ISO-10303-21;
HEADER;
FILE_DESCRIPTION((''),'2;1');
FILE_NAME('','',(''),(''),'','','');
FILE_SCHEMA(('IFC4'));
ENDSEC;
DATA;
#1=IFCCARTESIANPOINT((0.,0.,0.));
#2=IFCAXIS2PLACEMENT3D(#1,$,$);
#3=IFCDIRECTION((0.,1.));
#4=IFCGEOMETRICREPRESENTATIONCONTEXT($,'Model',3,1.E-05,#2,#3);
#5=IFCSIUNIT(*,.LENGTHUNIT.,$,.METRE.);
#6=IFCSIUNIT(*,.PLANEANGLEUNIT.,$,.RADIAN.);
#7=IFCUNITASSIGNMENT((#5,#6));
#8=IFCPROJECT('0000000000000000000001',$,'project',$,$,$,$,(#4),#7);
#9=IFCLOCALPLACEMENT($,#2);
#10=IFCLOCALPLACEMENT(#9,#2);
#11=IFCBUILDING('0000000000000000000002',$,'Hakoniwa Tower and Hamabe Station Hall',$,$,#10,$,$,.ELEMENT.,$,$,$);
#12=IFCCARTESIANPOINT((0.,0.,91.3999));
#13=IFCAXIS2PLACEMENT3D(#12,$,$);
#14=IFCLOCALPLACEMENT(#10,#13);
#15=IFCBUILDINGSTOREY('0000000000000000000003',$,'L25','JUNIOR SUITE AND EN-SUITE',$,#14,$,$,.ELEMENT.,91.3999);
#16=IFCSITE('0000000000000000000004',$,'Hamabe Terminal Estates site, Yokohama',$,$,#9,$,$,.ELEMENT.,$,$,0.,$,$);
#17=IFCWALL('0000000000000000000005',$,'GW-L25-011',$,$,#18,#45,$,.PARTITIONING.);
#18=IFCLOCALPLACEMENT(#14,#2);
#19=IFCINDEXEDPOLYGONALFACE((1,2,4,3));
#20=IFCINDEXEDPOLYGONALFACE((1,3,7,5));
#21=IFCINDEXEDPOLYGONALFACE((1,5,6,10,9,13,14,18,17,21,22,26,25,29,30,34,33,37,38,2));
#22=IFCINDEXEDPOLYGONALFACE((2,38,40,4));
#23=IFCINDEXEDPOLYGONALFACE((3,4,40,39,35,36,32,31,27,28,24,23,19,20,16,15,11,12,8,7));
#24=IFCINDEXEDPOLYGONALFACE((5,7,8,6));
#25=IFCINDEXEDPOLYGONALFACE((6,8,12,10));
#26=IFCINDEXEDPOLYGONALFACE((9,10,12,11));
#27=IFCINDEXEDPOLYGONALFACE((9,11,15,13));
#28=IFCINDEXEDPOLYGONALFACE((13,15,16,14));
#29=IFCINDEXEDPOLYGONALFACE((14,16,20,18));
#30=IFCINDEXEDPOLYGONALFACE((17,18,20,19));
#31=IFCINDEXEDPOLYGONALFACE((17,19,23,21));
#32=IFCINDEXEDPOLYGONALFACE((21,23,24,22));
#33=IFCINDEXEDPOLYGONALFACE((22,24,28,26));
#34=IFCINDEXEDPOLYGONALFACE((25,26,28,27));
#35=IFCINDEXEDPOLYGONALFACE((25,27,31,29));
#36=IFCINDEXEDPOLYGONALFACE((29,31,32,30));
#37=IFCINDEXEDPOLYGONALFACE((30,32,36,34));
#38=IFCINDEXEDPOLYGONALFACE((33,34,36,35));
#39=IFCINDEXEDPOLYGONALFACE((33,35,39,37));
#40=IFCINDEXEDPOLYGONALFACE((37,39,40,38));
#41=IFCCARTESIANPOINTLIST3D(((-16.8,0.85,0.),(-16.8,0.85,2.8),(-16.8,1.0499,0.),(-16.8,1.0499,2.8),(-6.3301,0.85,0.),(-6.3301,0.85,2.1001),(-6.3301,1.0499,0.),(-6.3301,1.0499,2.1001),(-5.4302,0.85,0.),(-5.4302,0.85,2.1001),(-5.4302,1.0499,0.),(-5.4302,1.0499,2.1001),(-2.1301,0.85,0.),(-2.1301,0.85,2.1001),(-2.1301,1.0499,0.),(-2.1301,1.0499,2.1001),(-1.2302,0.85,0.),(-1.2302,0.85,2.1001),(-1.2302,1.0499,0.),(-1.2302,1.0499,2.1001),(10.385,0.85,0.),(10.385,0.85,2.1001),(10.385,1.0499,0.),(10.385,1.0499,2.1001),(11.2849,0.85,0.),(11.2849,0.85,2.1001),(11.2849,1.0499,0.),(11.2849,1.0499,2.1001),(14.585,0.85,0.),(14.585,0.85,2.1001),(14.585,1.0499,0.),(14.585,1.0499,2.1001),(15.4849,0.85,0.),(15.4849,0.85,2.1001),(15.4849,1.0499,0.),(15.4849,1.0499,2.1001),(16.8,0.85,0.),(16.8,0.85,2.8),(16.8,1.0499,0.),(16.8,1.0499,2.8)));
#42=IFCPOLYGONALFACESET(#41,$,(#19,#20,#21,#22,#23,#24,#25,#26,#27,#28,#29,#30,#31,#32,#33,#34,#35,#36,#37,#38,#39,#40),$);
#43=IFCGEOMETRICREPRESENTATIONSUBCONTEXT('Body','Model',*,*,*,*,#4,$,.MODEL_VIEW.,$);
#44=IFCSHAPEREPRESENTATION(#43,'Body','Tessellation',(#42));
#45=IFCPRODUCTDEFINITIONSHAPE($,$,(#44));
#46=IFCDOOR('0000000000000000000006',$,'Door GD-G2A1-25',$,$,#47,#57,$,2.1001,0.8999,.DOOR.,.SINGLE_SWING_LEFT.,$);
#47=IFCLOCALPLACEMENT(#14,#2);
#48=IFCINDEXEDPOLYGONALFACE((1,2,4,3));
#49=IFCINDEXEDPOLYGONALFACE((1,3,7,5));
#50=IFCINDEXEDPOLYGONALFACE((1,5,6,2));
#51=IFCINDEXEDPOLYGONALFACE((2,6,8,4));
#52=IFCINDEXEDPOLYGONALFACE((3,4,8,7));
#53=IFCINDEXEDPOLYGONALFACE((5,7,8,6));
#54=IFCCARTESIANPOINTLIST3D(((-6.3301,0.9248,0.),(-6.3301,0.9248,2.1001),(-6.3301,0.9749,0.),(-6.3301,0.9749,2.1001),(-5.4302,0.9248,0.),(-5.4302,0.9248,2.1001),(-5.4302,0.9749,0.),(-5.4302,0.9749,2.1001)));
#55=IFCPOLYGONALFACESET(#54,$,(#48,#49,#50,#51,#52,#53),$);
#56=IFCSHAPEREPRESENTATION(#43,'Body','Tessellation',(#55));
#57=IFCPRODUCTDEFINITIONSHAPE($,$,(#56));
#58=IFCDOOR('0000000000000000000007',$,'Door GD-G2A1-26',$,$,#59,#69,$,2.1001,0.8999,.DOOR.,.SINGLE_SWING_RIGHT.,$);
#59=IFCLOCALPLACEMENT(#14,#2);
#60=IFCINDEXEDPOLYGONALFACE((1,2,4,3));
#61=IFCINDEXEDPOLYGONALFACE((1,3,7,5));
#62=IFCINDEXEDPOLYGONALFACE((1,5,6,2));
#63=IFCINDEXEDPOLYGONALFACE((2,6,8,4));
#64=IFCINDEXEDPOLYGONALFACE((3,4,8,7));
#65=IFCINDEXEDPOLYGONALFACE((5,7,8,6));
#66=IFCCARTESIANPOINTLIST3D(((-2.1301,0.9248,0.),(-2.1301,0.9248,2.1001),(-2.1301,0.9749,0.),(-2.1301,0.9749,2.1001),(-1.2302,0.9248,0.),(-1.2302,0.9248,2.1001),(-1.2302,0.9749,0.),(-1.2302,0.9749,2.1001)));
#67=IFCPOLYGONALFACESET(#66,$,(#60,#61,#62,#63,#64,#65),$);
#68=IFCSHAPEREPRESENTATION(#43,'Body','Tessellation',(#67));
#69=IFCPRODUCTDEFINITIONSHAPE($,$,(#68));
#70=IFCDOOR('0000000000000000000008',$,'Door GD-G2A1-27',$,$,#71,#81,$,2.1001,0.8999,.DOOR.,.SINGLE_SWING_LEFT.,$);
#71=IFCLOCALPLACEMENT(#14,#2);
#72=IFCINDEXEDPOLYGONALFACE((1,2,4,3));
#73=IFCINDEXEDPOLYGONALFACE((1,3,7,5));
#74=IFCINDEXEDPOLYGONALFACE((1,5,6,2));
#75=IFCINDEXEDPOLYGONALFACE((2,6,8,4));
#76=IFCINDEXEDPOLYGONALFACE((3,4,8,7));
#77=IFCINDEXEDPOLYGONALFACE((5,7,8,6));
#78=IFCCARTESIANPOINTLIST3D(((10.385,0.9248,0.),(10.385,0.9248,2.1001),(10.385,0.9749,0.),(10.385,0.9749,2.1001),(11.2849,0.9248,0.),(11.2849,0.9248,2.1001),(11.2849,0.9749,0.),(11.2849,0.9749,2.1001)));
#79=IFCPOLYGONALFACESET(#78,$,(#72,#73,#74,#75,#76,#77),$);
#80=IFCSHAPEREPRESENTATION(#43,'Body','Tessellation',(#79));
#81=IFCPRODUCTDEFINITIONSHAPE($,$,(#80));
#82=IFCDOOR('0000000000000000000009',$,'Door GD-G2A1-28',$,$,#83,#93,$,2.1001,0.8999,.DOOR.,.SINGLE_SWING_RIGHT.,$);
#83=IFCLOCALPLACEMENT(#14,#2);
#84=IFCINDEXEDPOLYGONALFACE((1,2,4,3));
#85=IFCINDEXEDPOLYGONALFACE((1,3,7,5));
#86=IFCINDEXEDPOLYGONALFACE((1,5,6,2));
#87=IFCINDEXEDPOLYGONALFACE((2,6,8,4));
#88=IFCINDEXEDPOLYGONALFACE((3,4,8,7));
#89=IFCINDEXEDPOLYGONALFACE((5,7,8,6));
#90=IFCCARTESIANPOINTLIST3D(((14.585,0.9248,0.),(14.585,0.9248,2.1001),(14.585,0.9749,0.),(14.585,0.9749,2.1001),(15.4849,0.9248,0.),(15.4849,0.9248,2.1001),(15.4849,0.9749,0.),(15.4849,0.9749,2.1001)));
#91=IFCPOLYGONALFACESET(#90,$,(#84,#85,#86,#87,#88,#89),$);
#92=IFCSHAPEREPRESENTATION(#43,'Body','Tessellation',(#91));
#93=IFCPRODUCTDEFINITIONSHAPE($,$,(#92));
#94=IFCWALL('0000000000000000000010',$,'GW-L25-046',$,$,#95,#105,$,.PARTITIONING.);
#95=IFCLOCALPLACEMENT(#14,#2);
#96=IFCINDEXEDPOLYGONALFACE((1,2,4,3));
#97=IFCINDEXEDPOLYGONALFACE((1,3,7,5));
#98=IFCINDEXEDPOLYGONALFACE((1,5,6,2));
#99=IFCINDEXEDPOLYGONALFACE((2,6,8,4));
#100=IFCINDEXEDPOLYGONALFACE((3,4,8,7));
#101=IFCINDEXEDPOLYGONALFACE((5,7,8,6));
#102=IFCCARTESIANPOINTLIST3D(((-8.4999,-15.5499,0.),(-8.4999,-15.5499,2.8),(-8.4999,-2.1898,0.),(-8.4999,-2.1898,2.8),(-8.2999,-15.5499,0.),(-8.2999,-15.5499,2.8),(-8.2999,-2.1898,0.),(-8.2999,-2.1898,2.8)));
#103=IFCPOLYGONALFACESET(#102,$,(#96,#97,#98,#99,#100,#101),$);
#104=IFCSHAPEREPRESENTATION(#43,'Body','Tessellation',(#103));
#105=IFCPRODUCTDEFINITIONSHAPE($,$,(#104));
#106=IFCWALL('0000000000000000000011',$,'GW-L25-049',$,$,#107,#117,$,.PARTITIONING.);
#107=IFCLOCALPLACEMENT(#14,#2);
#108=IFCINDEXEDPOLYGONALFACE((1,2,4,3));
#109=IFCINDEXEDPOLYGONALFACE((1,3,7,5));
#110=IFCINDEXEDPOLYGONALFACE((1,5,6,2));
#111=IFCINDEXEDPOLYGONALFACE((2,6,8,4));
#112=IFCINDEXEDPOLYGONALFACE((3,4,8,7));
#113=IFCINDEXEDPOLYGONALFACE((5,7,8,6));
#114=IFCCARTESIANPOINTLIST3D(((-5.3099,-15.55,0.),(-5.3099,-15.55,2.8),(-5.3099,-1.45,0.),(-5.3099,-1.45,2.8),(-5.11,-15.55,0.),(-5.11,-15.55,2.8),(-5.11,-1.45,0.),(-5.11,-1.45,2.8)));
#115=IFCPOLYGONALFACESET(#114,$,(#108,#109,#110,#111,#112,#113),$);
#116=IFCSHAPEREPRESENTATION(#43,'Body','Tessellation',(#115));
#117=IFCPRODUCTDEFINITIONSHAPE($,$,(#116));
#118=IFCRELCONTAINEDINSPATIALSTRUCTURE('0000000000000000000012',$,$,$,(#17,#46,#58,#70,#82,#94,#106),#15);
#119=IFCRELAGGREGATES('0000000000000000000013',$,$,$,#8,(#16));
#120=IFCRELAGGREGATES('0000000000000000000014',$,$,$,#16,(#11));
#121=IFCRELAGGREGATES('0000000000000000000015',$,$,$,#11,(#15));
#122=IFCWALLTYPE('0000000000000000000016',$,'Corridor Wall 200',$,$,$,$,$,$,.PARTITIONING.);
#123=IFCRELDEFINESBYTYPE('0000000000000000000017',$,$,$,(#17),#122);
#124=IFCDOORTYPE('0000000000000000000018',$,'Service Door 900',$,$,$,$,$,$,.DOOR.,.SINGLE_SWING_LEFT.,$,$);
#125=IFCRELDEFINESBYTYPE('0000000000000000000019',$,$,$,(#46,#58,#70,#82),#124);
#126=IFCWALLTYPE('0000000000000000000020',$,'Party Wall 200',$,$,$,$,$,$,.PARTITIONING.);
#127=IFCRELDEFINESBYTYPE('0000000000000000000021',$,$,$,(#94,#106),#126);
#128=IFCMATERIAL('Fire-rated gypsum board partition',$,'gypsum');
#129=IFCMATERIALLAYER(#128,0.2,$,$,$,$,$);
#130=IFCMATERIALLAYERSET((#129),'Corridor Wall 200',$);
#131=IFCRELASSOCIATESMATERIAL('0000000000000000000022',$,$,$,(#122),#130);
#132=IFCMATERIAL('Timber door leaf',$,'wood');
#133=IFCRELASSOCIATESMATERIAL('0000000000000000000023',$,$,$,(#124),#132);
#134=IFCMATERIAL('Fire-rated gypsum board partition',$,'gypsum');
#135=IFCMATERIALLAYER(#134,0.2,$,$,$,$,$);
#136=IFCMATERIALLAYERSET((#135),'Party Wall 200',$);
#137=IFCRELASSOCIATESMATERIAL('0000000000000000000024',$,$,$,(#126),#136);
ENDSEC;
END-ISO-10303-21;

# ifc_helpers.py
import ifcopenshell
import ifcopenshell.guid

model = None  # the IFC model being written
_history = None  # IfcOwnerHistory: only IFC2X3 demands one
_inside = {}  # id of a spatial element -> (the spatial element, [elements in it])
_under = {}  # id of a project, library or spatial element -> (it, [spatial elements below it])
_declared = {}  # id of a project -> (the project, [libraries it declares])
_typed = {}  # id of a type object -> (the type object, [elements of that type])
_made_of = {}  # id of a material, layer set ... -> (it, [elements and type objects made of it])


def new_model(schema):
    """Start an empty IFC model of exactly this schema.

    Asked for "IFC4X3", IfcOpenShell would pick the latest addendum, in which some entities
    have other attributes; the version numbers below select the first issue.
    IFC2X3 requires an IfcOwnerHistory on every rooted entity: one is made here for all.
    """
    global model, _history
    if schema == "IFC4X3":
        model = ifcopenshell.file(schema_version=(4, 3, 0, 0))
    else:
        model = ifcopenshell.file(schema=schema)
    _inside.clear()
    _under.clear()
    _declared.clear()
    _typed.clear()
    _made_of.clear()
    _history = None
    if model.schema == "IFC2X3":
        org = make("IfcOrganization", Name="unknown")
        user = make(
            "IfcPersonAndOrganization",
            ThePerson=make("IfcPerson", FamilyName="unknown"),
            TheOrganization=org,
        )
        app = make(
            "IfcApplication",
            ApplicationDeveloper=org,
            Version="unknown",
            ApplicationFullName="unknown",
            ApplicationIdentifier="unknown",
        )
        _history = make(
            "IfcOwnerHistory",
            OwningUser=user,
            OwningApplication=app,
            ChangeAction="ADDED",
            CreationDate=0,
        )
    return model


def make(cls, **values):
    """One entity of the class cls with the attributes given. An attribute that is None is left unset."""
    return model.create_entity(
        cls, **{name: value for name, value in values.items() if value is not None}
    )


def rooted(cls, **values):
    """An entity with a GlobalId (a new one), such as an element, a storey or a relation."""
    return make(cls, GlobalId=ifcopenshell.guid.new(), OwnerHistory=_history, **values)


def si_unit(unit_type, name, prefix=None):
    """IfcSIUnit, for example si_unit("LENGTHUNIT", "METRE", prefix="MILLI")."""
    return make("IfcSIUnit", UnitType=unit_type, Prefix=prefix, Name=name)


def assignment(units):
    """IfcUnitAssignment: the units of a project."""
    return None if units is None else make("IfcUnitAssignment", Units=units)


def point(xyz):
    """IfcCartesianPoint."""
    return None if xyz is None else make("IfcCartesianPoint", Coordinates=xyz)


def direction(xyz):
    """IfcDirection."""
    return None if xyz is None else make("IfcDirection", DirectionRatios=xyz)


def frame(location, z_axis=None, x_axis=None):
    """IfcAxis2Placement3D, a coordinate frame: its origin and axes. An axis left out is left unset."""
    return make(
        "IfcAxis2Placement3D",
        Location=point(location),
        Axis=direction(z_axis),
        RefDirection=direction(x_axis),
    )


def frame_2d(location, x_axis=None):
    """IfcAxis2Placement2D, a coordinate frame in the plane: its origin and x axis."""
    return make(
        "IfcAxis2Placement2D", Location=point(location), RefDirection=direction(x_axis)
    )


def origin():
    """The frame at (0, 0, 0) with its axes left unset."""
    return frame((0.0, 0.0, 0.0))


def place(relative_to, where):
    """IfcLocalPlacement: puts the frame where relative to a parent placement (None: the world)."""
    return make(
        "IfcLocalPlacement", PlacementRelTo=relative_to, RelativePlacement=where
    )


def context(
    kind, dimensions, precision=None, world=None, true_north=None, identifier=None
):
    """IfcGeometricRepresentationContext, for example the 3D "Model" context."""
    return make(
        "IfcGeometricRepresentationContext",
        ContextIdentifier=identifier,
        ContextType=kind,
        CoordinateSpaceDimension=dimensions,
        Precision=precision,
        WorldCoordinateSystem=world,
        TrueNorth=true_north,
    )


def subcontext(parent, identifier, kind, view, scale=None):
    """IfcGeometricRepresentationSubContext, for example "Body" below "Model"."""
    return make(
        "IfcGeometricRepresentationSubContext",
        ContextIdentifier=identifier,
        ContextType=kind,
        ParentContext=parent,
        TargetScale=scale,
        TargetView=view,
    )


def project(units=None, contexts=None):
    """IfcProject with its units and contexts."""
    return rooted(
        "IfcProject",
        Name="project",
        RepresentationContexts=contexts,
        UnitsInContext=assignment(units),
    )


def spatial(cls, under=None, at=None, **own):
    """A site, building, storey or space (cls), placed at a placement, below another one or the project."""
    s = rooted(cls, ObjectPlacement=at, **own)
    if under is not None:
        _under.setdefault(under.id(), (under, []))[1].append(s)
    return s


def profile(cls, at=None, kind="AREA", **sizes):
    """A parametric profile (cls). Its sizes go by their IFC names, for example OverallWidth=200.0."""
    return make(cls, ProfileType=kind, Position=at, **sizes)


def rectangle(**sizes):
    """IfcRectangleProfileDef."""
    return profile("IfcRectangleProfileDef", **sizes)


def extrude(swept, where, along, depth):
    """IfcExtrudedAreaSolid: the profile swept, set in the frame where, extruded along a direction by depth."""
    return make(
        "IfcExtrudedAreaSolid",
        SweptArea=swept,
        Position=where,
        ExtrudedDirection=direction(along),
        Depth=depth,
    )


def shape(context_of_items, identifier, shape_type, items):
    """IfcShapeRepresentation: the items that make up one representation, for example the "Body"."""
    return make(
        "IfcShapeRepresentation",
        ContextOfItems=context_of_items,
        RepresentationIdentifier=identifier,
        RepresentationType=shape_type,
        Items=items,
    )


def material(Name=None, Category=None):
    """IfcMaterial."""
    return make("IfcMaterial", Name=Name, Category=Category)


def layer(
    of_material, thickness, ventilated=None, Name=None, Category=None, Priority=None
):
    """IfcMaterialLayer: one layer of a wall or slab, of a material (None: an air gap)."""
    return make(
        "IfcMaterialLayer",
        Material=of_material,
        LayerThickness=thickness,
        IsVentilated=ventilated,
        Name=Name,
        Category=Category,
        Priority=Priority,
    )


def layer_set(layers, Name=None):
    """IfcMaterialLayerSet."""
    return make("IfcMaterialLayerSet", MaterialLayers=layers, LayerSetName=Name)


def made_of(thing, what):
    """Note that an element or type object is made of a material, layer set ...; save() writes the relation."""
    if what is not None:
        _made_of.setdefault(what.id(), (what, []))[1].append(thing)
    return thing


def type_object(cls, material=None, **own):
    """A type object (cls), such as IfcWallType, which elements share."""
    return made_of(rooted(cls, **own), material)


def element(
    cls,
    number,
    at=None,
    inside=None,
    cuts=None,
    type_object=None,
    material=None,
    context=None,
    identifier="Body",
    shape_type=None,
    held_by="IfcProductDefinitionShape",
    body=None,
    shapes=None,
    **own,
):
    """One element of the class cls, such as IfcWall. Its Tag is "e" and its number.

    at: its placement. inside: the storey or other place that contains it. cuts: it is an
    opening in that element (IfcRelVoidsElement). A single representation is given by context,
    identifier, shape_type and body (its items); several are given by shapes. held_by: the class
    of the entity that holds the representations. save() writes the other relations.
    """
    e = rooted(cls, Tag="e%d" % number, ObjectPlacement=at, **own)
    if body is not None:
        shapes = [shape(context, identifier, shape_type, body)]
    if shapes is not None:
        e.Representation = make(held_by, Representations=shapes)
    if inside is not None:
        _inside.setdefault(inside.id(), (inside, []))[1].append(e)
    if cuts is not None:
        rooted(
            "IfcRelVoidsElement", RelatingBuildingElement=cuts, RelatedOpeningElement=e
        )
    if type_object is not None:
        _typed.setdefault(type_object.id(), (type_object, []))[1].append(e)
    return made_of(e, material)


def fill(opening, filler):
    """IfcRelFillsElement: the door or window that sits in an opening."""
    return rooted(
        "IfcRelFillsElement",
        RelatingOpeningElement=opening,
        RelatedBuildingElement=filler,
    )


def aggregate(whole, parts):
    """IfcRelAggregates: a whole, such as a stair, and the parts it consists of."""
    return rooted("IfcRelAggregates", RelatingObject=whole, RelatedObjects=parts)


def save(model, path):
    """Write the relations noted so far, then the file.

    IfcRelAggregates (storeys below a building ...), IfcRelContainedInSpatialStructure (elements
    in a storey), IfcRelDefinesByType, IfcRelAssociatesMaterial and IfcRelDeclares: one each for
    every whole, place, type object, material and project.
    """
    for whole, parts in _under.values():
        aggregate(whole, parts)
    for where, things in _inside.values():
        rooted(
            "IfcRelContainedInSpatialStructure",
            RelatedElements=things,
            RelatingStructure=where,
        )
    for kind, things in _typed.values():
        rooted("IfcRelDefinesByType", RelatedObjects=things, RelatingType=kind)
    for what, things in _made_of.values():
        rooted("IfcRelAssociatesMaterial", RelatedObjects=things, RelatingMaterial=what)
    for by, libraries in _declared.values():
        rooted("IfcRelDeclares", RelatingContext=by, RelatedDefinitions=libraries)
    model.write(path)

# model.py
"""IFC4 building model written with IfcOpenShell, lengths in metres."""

from ifc_helpers import new_model, si_unit, direction, frame, frame_2d, origin, place, context, subcontext, project, spatial, rectangle, extrude, material, layer, layer_set, type_object, element, fill, save


model = new_model("IFC4")

# Units and contexts
model_context = context("Model", 3, precision=1e-05, world=origin(), true_north=direction((0.0, 1.0)))
body_context = subcontext(model_context, "Body", "Model", "MODEL_VIEW")
ifc_project = project(units=[si_unit("LENGTHUNIT", "METRE"), si_unit("PLANEANGLEUNIT", "RADIAN")], contexts=[model_context])

# Site, building, storey
site_placement = place(None, origin())
site = spatial("IfcSite", under=ifc_project, at=site_placement, Name="Hamabe Terminal Estates site, Yokohama", CompositionType="ELEMENT", RefElevation=0.0)
building_placement = place(site_placement, origin())
building = spatial("IfcBuilding", under=site, at=building_placement, Name="Hakoniwa Tower and Hamabe Station Hall", CompositionType="ELEMENT")
storey_placement = place(building_placement, frame((0.0, 0.0, 91.3999)))
storey = spatial("IfcBuildingStorey", under=building, at=storey_placement, Name="L25", Description="JUNIOR SUITE AND EN-SUITE", CompositionType="ELEMENT", Elevation=91.3999)

# Wall, openings, doors
ifc_material_1 = material(Name="Fire-rated gypsum board partition", Category="gypsum")
ifc_layer_1 = layer(ifc_material_1, 0.2)
ifc_layer_set_1 = layer_set([ifc_layer_1], Name="Corridor Wall 200")
wall_type_1 = type_object("IfcWallType", Name="Corridor Wall 200", PredefinedType="PARTITIONING", material=ifc_layer_set_1)
wall_1_placement = place(storey_placement, frame((-16.8, 0.95, 0.0), z_axis=(0.0, 0.0, 1.0), x_axis=(1.0, 0.0, 0.0)))
wall_1 = element("IfcWall", 1, at=wall_1_placement, inside=storey, type_object=wall_type_1, Name="GW-L25-011", PredefinedType="PARTITIONING", context=body_context, shape_type="SweptSolid", body=[
    extrude(rectangle(XDim=33.6001, YDim=0.2, at=frame_2d((16.8, 0.0))), origin(), (0.0, 0.0, 1.0), 2.8),
])
opening_1_placement = place(wall_1_placement, frame((10.47, 0.0, 0.0)))
opening_1 = element("IfcOpeningElement", 2, at=opening_1_placement, cuts=wall_1, PredefinedType="OPENING", context=body_context, shape_type="SweptSolid", body=[
    extrude(rectangle(XDim=0.8999, YDim=2.1001, at=frame_2d((0.45, 1.05))), frame((0.0, 0.1099, 0.0), z_axis=(0.0, -1.0, 0.0), x_axis=(1.0, 0.0, 0.0)), (0.0, 0.0, 1.0), 0.22),
])
opening_2_placement = place(wall_1_placement, frame((14.6699, 0.0, 0.0)))
opening_2 = element("IfcOpeningElement", 3, at=opening_2_placement, cuts=wall_1, PredefinedType="OPENING", context=body_context, shape_type="SweptSolid", body=[
    extrude(rectangle(XDim=0.8999, YDim=2.1001, at=frame_2d((0.45, 1.05))), frame((0.0, 0.1099, 0.0), z_axis=(0.0, -1.0, 0.0), x_axis=(1.0, 0.0, 0.0)), (0.0, 0.0, 1.0), 0.22),
])
opening_3_placement = place(wall_1_placement, frame((27.1851, 0.0, 0.0)))
opening_3 = element("IfcOpeningElement", 4, at=opening_3_placement, cuts=wall_1, PredefinedType="OPENING", context=body_context, shape_type="SweptSolid", body=[
    extrude(rectangle(XDim=0.8999, YDim=2.1001, at=frame_2d((0.45, 1.05))), frame((0.0, 0.1099, 0.0), z_axis=(0.0, -1.0, 0.0), x_axis=(1.0, 0.0, 0.0)), (0.0, 0.0, 1.0), 0.22),
])
opening_4_placement = place(wall_1_placement, frame((31.385, 0.0, 0.0)))
opening_4 = element("IfcOpeningElement", 5, at=opening_4_placement, cuts=wall_1, PredefinedType="OPENING", context=body_context, shape_type="SweptSolid", body=[
    extrude(rectangle(XDim=0.8999, YDim=2.1001, at=frame_2d((0.45, 1.05))), frame((0.0, 0.1099, 0.0), z_axis=(0.0, -1.0, 0.0), x_axis=(1.0, 0.0, 0.0)), (0.0, 0.0, 1.0), 0.22),
])
ifc_material_2 = material(Name="Timber door leaf", Category="wood")
door_type_1 = type_object("IfcDoorType", Name="Service Door 900", OperationType="SINGLE_SWING_LEFT", PredefinedType="DOOR", material=ifc_material_2)
door_1_placement = place(opening_1_placement, origin())
door_1 = element("IfcDoor", 6, at=door_1_placement, inside=storey, type_object=door_type_1, Name="Door GD-G2A1-25", OperationType="SINGLE_SWING_LEFT", OverallHeight=2.1001, OverallWidth=0.8999, PredefinedType="DOOR", context=body_context, shape_type="SweptSolid", body=[
    extrude(rectangle(XDim=0.8999, YDim=2.1001, at=frame_2d((0.45, 1.05))), frame((0.0, 0.0249, 0.0), z_axis=(0.0, -1.0, 0.0), x_axis=(1.0, 0.0, 0.0)), (0.0, 0.0, 1.0), 0.05),
])
fill(opening_1, door_1)
door_2_placement = place(opening_2_placement, origin())
door_2 = element("IfcDoor", 7, at=door_2_placement, inside=storey, type_object=door_type_1, Name="Door GD-G2A1-26", OperationType="SINGLE_SWING_RIGHT", OverallHeight=2.1001, OverallWidth=0.8999, PredefinedType="DOOR", context=body_context, shape_type="SweptSolid", body=[
    extrude(rectangle(XDim=0.8999, YDim=2.1001, at=frame_2d((0.45, 1.05))), frame((0.0, 0.0249, 0.0), z_axis=(0.0, -1.0, 0.0), x_axis=(1.0, 0.0, 0.0)), (0.0, 0.0, 1.0), 0.05),
])
fill(opening_2, door_2)
door_3_placement = place(opening_3_placement, origin())
door_3 = element("IfcDoor", 8, at=door_3_placement, inside=storey, type_object=door_type_1, Name="Door GD-G2A1-27", OperationType="SINGLE_SWING_LEFT", OverallHeight=2.1001, OverallWidth=0.8999, PredefinedType="DOOR", context=body_context, shape_type="SweptSolid", body=[
    extrude(rectangle(XDim=0.8999, YDim=2.1001, at=frame_2d((0.45, 1.05))), frame((0.0, 0.0249, 0.0), z_axis=(0.0, -1.0, 0.0), x_axis=(1.0, 0.0, 0.0)), (0.0, 0.0, 1.0), 0.05),
])
fill(opening_3, door_3)
door_4_placement = place(opening_4_placement, origin())
door_4 = element("IfcDoor", 9, at=door_4_placement, inside=storey, type_object=door_type_1, Name="Door GD-G2A1-28", OperationType="SINGLE_SWING_RIGHT", OverallHeight=2.1001, OverallWidth=0.8999, PredefinedType="DOOR", context=body_context, shape_type="SweptSolid", body=[
    extrude(rectangle(XDim=0.8999, YDim=2.1001, at=frame_2d((0.45, 1.05))), frame((0.0, 0.0249, 0.0), z_axis=(0.0, -1.0, 0.0), x_axis=(1.0, 0.0, 0.0)), (0.0, 0.0, 1.0), 0.05),
])
fill(opening_4, door_4)

# Walls
ifc_material_3 = material(Name="Fire-rated gypsum board partition", Category="gypsum")
ifc_layer_2 = layer(ifc_material_3, 0.2)
ifc_layer_set_2 = layer_set([ifc_layer_2], Name="Party Wall 200")
wall_type_2 = type_object("IfcWallType", Name="Party Wall 200", PredefinedType="PARTITIONING", material=ifc_layer_set_2)
wall_2_placement = place(storey_placement, frame((-8.3999, -15.55, 0.0), z_axis=(0.0, 0.0, 1.0), x_axis=(0.0, 1.0, 0.0)))
element("IfcWall", 10, at=wall_2_placement, inside=storey, type_object=wall_type_2, Name="GW-L25-046", PredefinedType="PARTITIONING", context=body_context, shape_type="SweptSolid", body=[
    extrude(rectangle(XDim=13.3601, YDim=0.2, at=frame_2d((6.6802, 0.0))), origin(), (0.0, 0.0, 1.0), 2.8),
])
wall_3_placement = place(storey_placement, frame((-5.21, -15.55, 0.0), z_axis=(0.0, 0.0, 1.0), x_axis=(0.0, 1.0, 0.0)))
element("IfcWall", 11, at=wall_3_placement, inside=storey, type_object=wall_type_2, Name="GW-L25-049", PredefinedType="PARTITIONING", context=body_context, shape_type="SweptSolid", body=[
    extrude(rectangle(XDim=14.1001, YDim=0.2, at=frame_2d((7.05, 0.0))), origin(), (0.0, 0.0, 1.0), 2.8),
])

save(model, "model.ifc")
